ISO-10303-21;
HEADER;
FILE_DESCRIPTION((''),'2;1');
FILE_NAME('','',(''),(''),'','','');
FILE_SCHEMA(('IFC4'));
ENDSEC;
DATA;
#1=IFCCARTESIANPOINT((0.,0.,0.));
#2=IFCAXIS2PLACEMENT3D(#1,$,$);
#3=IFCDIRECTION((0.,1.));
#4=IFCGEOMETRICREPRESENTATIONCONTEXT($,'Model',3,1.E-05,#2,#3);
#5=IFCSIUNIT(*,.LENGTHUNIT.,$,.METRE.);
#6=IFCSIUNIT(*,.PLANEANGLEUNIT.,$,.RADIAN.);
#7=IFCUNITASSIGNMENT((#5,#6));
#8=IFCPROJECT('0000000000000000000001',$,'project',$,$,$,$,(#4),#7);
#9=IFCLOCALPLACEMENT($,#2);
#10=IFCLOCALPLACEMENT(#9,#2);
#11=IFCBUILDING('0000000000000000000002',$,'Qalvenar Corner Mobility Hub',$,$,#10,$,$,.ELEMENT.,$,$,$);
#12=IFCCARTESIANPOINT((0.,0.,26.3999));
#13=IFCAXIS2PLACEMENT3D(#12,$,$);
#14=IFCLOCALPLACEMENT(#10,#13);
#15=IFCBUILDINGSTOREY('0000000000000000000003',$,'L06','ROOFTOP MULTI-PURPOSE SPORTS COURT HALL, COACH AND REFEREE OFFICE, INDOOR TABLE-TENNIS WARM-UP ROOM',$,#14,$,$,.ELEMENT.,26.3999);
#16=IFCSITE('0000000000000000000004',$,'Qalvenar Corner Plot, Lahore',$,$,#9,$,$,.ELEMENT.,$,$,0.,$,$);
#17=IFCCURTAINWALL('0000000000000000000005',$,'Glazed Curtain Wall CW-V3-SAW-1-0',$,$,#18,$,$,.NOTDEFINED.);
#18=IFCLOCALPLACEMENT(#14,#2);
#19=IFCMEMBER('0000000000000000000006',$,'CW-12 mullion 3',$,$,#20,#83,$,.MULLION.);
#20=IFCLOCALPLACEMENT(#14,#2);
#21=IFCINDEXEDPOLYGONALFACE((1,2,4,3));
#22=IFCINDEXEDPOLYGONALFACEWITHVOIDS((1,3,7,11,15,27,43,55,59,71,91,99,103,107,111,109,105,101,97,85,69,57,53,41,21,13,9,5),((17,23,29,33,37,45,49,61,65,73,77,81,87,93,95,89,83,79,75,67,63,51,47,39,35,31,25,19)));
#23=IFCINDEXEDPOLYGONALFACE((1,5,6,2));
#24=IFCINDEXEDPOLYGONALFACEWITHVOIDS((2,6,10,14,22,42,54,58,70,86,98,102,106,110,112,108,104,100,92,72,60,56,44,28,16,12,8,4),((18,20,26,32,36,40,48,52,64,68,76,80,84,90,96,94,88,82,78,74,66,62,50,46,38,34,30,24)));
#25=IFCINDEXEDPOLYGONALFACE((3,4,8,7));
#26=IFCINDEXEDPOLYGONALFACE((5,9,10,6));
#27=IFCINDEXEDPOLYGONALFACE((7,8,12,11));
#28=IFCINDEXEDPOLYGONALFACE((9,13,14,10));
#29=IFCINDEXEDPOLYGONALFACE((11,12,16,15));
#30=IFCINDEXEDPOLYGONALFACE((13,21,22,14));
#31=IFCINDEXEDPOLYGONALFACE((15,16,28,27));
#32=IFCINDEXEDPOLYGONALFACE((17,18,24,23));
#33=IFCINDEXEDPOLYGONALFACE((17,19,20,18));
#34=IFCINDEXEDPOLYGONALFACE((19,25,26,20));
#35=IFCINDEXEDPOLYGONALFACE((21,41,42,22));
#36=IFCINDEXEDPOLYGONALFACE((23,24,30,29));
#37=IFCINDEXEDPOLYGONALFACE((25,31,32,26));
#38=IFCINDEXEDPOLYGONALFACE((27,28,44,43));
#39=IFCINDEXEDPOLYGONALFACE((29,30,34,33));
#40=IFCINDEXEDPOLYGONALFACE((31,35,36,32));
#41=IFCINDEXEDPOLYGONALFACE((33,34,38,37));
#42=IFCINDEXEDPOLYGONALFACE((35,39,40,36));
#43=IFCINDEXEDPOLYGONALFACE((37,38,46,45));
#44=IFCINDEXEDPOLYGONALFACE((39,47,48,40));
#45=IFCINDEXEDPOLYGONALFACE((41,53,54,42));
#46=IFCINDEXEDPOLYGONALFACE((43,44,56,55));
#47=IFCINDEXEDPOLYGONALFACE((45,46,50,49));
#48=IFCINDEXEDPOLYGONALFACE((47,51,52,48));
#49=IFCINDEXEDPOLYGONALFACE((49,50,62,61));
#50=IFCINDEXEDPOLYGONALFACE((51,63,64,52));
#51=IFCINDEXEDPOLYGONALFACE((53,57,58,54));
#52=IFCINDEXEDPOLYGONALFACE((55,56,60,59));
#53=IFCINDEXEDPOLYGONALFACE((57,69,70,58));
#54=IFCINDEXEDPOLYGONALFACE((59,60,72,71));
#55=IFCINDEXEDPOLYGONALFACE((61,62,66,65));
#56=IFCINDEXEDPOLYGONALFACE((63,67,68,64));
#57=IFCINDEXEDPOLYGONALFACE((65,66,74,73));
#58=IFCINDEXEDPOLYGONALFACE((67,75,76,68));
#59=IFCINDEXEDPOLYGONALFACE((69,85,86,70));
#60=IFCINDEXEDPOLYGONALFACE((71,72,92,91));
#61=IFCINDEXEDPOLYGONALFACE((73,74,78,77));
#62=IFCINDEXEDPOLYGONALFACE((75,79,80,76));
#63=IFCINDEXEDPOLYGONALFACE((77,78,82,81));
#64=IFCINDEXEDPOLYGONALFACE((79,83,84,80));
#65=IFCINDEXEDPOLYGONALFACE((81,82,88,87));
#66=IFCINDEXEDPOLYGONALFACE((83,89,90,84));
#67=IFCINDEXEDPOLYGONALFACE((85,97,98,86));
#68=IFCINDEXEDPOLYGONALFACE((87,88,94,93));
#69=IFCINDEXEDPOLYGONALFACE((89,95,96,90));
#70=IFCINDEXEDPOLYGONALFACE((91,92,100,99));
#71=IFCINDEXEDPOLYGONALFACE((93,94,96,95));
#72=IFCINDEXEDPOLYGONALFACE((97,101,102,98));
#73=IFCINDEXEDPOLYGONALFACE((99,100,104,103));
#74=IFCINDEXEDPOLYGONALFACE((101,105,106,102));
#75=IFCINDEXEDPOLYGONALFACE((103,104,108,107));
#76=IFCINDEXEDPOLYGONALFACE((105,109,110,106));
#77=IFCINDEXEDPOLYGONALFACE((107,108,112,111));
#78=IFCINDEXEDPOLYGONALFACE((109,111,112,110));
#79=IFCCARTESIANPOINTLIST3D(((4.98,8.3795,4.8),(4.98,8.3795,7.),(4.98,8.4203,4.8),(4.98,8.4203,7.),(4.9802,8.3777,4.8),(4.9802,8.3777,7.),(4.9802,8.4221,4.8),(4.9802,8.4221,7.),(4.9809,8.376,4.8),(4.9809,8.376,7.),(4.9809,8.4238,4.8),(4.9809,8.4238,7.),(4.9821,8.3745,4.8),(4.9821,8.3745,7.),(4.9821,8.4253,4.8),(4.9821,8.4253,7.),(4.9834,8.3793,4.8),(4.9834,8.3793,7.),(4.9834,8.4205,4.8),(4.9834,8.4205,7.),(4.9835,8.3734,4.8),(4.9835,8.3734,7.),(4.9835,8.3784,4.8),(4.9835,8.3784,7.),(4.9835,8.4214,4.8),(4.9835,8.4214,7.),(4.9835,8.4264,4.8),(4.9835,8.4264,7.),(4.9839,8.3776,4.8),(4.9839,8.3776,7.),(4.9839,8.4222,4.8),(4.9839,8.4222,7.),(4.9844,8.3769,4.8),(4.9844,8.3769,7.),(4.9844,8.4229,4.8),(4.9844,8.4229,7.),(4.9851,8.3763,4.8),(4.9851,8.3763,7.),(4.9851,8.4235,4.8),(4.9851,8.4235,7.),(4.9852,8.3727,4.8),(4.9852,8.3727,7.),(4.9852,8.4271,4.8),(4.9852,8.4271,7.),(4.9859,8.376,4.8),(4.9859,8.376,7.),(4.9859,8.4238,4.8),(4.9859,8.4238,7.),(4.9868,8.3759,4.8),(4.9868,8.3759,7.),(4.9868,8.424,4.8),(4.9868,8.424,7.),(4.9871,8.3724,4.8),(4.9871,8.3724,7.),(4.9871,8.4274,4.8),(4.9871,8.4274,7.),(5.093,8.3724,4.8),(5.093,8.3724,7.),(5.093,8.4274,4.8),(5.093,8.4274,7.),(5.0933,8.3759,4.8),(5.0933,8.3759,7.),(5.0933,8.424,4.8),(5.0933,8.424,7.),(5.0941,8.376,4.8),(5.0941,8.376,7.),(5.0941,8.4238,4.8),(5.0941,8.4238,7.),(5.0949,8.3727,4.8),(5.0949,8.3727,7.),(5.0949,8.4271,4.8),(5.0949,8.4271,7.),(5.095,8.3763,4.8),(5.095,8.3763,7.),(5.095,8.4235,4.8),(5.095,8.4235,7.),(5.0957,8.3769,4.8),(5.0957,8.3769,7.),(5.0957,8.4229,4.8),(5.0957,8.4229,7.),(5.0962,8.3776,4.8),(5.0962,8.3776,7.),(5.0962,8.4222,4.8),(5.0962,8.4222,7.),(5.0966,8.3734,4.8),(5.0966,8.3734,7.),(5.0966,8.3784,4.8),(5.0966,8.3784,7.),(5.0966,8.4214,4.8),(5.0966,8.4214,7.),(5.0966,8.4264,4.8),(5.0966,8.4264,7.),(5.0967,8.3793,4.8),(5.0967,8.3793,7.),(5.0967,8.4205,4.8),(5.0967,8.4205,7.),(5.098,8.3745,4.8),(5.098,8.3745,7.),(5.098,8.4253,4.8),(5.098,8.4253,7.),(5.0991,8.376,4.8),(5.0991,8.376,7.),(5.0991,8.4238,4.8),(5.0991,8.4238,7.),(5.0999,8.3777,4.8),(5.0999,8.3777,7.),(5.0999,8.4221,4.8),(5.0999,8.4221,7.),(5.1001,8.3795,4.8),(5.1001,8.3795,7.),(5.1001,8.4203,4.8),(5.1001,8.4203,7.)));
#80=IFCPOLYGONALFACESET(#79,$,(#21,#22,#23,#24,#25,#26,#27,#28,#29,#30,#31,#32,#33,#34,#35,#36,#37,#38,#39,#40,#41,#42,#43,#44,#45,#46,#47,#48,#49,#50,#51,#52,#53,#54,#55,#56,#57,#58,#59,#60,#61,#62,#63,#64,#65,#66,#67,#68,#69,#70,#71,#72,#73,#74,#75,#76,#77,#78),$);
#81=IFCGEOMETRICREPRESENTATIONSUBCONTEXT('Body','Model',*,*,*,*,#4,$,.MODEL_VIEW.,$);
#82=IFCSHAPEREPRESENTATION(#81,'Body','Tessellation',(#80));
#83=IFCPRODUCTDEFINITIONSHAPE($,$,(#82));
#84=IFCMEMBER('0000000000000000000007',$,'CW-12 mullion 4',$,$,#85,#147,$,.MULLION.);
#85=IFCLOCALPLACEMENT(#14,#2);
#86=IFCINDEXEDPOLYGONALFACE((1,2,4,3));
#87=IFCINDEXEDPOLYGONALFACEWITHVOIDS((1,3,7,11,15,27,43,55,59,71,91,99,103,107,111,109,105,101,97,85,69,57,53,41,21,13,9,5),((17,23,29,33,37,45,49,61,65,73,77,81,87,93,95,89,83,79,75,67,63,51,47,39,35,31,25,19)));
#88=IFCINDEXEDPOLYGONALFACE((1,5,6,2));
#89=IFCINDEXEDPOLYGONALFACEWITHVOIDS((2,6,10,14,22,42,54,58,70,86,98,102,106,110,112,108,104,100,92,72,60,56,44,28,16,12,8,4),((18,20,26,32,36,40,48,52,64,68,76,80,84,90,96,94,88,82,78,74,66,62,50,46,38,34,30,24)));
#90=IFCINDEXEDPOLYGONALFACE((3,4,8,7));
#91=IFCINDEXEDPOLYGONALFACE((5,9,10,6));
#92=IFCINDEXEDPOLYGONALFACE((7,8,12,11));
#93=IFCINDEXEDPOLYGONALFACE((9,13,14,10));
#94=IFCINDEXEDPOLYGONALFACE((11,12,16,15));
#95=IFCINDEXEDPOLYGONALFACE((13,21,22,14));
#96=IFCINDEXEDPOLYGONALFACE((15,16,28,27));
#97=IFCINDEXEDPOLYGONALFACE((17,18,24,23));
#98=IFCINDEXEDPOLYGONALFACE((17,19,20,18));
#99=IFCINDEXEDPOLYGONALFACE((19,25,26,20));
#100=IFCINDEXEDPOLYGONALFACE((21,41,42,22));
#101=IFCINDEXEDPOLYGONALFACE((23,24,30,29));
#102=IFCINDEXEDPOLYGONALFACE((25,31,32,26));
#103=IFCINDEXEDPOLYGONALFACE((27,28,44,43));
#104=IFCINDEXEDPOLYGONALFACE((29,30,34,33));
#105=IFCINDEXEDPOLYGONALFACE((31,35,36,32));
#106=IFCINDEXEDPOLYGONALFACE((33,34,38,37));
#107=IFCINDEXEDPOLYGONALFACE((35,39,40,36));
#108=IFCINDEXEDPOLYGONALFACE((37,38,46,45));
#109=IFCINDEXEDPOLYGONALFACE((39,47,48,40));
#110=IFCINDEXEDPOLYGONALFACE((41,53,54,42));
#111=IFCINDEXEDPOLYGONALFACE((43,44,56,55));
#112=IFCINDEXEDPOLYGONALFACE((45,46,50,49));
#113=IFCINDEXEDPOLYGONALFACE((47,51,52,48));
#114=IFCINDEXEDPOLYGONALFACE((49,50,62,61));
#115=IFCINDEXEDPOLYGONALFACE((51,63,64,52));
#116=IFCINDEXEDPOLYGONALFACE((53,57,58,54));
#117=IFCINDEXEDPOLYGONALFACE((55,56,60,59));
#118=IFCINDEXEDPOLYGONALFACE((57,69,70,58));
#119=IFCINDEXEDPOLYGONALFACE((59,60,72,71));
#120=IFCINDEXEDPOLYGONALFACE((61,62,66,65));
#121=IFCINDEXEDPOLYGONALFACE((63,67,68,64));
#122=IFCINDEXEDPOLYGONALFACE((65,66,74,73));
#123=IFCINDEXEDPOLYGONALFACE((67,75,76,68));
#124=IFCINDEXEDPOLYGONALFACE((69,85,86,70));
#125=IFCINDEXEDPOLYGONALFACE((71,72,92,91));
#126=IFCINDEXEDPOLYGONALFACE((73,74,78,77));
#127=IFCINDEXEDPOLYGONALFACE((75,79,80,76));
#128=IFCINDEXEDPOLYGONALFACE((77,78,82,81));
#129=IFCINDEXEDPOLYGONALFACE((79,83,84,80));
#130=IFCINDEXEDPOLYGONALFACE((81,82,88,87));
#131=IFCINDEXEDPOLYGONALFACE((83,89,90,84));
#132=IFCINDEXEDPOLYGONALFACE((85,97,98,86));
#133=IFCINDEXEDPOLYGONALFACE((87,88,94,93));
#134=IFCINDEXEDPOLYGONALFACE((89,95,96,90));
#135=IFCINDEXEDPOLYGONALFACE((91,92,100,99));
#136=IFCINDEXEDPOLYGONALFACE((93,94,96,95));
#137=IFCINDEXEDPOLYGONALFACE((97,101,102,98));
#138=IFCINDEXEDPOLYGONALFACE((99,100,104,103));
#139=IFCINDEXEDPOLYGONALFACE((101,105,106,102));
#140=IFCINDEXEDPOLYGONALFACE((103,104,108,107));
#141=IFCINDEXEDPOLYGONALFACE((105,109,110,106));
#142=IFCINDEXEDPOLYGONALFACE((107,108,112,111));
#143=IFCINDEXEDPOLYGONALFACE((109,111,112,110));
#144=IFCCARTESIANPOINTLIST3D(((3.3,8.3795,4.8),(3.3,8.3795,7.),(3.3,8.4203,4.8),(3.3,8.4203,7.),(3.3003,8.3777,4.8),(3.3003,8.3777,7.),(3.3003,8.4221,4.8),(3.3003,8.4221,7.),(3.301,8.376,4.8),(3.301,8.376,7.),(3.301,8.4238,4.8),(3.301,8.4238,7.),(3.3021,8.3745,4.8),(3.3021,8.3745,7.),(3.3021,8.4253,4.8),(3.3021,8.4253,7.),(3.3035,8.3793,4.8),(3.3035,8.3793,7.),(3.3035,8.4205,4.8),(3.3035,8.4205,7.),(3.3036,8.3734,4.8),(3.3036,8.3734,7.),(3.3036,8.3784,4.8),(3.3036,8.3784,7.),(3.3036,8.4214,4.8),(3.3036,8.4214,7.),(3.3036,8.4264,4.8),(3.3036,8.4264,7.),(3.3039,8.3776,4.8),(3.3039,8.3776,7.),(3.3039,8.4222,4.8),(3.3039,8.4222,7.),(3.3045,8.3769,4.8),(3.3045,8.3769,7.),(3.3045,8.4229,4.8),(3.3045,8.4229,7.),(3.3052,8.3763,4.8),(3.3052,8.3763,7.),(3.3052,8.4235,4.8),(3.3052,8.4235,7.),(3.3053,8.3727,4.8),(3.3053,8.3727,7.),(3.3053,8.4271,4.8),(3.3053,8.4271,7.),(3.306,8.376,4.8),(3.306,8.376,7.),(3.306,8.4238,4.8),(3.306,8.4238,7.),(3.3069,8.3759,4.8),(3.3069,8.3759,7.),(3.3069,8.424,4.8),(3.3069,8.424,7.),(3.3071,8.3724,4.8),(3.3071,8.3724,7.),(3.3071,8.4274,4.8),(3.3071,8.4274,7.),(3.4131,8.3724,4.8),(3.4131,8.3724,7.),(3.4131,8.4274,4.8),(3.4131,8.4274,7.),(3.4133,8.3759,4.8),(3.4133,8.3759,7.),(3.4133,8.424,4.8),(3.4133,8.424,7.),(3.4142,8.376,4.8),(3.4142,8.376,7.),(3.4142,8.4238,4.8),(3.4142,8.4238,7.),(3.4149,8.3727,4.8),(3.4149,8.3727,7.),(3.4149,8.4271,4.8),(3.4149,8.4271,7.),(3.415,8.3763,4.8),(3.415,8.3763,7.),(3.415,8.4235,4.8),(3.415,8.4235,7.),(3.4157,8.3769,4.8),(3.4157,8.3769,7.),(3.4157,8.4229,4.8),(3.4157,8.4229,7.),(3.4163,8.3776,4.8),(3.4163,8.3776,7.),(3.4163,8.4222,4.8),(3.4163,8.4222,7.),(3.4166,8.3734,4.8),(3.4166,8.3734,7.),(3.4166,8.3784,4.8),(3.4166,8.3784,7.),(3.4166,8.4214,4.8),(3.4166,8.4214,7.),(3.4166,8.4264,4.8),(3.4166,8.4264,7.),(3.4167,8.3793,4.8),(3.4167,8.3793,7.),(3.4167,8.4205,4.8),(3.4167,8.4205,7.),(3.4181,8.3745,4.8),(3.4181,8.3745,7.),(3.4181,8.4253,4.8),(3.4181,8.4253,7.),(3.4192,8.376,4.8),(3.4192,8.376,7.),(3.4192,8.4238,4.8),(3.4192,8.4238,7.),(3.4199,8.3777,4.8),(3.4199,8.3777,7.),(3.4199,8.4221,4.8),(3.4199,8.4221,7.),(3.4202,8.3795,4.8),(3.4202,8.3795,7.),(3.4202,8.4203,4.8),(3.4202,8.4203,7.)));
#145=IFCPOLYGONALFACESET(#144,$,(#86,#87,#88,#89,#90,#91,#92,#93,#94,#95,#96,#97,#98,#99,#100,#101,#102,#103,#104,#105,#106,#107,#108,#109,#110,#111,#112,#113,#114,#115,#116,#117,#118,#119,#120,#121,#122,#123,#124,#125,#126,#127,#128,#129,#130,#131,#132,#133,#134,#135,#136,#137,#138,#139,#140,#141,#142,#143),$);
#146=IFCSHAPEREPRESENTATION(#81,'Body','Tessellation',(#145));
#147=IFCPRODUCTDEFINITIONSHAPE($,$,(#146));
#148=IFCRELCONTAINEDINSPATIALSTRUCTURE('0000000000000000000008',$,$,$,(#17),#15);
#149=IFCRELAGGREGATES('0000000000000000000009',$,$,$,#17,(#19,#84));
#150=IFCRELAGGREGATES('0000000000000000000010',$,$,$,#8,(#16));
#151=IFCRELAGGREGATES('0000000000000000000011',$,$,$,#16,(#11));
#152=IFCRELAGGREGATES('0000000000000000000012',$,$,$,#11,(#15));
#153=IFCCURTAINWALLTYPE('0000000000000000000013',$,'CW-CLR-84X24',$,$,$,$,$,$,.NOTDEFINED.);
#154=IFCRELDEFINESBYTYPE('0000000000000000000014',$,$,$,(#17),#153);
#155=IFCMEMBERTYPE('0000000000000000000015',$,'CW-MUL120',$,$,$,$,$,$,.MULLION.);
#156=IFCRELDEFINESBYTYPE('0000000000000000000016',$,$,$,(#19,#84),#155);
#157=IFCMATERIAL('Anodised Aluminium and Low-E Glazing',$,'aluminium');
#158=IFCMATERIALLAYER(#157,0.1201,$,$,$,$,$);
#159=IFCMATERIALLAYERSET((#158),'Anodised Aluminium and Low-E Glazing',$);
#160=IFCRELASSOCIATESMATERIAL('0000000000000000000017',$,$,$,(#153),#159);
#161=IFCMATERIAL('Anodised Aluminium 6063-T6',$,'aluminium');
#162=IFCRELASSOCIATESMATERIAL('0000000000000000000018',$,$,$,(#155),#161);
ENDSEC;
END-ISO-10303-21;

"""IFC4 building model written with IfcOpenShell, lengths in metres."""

from ifc_helpers import new_model, si_unit, direction, frame, origin, origin_2d, place, context, subcontext, project, spatial, hollow_rectangle, extrude, material, layer, layer_set, material_profile, profile_set, type_object, element, aggregate, save


model = new_model("IFC4")

# Units and contexts
model_context = context("Model", 3, precision=1e-05, world=origin(), true_north=direction((0.0, 1.0)))
body_context = subcontext(model_context, "Body", "Model", "MODEL_VIEW")
ifc_project = project(units=[si_unit("LENGTHUNIT", "METRE"), si_unit("PLANEANGLEUNIT", "RADIAN")], contexts=[model_context])

# Site, building, storey
site_placement = place(None, origin())
site = spatial("IfcSite", under=ifc_project, at=site_placement, Name="Qalvenar Corner Plot, Lahore", CompositionType="ELEMENT", RefElevation=0.0)
building_placement = place(site_placement, origin())
building = spatial("IfcBuilding", under=site, at=building_placement, Name="Qalvenar Corner Mobility Hub", CompositionType="ELEMENT")
storey_placement = place(building_placement, frame((0.0, 0.0, 26.3999)))
storey = spatial("IfcBuildingStorey", under=building, at=storey_placement, Name="L06", Description="ROOFTOP MULTI-PURPOSE SPORTS COURT HALL, COACH AND REFEREE OFFICE, INDOOR TABLE-TENNIS WARM-UP ROOM", CompositionType="ELEMENT", Elevation=26.3999)

# Curtain wall, members
ifc_material_1 = material(Name="Anodised Aluminium and Low-E Glazing", Category="aluminium")
ifc_layer_1 = layer(ifc_material_1, 0.1201)
ifc_layer_set_1 = layer_set([ifc_layer_1], Name="Anodised Aluminium and Low-E Glazing")
curtain_wall_type_1 = type_object("IfcCurtainWallType", Name="CW-CLR-84X24", PredefinedType="NOTDEFINED", material=ifc_layer_set_1)
curtain_wall_1_placement = place(storey_placement, origin())
curtain_wall_1 = element("IfcCurtainWall", 1, at=curtain_wall_1_placement, inside=storey, type_object=curtain_wall_type_1, Name="Glazed Curtain Wall CW-V3-SAW-1-0", PredefinedType="NOTDEFINED")
ifc_material_2 = material(Name="Anodised Aluminium 6063-T6", Category="aluminium")
ifc_material_profile_1 = material_profile(ifc_material_2, hollow_rectangle(XDim=0.0549, YDim=0.1201, WallThickness=0.0034, InnerFilletRadius=0.0034, OuterFilletRadius=0.0071, at=origin_2d()), Name="RHS120x55x3.5")
ifc_profile_set_1 = profile_set([ifc_material_profile_1], Name="Anodised Aluminium 6063-T6")
member_type_1 = type_object("IfcMemberType", Name="CW-MUL120", PredefinedType="MULLION", material=ifc_profile_set_1)
member_1_placement = place(storey_placement, frame((5.04, 8.3999, 4.8), z_axis=(0.0, 0.0, 1.0), x_axis=(0.0, -1.0, 0.0)))
member_1 = element("IfcMember", 2, at=member_1_placement, type_object=member_type_1, Name="CW-12 mullion 3", PredefinedType="MULLION", context=body_context, shape_type="SweptSolid", body=[
    extrude(hollow_rectangle(XDim=0.0549, YDim=0.1201, WallThickness=0.0034, InnerFilletRadius=0.0034, OuterFilletRadius=0.0071, at=origin_2d()), origin(), (0.0, 0.0, 1.0), 2.2),
])
member_2_placement = place(storey_placement, frame((3.3601, 8.3999, 4.8), z_axis=(0.0, 0.0, 1.0), x_axis=(0.0, -1.0, 0.0)))
member_2 = element("IfcMember", 3, at=member_2_placement, type_object=member_type_1, Name="CW-12 mullion 4", PredefinedType="MULLION", context=body_context, shape_type="SweptSolid", body=[
    extrude(hollow_rectangle(XDim=0.0549, YDim=0.1201, WallThickness=0.0034, InnerFilletRadius=0.0034, OuterFilletRadius=0.0071, at=origin_2d()), origin(), (0.0, 0.0, 1.0), 2.2),
])

aggregate(curtain_wall_1, [member_1, member_2])

save(model, "model.ifc")
